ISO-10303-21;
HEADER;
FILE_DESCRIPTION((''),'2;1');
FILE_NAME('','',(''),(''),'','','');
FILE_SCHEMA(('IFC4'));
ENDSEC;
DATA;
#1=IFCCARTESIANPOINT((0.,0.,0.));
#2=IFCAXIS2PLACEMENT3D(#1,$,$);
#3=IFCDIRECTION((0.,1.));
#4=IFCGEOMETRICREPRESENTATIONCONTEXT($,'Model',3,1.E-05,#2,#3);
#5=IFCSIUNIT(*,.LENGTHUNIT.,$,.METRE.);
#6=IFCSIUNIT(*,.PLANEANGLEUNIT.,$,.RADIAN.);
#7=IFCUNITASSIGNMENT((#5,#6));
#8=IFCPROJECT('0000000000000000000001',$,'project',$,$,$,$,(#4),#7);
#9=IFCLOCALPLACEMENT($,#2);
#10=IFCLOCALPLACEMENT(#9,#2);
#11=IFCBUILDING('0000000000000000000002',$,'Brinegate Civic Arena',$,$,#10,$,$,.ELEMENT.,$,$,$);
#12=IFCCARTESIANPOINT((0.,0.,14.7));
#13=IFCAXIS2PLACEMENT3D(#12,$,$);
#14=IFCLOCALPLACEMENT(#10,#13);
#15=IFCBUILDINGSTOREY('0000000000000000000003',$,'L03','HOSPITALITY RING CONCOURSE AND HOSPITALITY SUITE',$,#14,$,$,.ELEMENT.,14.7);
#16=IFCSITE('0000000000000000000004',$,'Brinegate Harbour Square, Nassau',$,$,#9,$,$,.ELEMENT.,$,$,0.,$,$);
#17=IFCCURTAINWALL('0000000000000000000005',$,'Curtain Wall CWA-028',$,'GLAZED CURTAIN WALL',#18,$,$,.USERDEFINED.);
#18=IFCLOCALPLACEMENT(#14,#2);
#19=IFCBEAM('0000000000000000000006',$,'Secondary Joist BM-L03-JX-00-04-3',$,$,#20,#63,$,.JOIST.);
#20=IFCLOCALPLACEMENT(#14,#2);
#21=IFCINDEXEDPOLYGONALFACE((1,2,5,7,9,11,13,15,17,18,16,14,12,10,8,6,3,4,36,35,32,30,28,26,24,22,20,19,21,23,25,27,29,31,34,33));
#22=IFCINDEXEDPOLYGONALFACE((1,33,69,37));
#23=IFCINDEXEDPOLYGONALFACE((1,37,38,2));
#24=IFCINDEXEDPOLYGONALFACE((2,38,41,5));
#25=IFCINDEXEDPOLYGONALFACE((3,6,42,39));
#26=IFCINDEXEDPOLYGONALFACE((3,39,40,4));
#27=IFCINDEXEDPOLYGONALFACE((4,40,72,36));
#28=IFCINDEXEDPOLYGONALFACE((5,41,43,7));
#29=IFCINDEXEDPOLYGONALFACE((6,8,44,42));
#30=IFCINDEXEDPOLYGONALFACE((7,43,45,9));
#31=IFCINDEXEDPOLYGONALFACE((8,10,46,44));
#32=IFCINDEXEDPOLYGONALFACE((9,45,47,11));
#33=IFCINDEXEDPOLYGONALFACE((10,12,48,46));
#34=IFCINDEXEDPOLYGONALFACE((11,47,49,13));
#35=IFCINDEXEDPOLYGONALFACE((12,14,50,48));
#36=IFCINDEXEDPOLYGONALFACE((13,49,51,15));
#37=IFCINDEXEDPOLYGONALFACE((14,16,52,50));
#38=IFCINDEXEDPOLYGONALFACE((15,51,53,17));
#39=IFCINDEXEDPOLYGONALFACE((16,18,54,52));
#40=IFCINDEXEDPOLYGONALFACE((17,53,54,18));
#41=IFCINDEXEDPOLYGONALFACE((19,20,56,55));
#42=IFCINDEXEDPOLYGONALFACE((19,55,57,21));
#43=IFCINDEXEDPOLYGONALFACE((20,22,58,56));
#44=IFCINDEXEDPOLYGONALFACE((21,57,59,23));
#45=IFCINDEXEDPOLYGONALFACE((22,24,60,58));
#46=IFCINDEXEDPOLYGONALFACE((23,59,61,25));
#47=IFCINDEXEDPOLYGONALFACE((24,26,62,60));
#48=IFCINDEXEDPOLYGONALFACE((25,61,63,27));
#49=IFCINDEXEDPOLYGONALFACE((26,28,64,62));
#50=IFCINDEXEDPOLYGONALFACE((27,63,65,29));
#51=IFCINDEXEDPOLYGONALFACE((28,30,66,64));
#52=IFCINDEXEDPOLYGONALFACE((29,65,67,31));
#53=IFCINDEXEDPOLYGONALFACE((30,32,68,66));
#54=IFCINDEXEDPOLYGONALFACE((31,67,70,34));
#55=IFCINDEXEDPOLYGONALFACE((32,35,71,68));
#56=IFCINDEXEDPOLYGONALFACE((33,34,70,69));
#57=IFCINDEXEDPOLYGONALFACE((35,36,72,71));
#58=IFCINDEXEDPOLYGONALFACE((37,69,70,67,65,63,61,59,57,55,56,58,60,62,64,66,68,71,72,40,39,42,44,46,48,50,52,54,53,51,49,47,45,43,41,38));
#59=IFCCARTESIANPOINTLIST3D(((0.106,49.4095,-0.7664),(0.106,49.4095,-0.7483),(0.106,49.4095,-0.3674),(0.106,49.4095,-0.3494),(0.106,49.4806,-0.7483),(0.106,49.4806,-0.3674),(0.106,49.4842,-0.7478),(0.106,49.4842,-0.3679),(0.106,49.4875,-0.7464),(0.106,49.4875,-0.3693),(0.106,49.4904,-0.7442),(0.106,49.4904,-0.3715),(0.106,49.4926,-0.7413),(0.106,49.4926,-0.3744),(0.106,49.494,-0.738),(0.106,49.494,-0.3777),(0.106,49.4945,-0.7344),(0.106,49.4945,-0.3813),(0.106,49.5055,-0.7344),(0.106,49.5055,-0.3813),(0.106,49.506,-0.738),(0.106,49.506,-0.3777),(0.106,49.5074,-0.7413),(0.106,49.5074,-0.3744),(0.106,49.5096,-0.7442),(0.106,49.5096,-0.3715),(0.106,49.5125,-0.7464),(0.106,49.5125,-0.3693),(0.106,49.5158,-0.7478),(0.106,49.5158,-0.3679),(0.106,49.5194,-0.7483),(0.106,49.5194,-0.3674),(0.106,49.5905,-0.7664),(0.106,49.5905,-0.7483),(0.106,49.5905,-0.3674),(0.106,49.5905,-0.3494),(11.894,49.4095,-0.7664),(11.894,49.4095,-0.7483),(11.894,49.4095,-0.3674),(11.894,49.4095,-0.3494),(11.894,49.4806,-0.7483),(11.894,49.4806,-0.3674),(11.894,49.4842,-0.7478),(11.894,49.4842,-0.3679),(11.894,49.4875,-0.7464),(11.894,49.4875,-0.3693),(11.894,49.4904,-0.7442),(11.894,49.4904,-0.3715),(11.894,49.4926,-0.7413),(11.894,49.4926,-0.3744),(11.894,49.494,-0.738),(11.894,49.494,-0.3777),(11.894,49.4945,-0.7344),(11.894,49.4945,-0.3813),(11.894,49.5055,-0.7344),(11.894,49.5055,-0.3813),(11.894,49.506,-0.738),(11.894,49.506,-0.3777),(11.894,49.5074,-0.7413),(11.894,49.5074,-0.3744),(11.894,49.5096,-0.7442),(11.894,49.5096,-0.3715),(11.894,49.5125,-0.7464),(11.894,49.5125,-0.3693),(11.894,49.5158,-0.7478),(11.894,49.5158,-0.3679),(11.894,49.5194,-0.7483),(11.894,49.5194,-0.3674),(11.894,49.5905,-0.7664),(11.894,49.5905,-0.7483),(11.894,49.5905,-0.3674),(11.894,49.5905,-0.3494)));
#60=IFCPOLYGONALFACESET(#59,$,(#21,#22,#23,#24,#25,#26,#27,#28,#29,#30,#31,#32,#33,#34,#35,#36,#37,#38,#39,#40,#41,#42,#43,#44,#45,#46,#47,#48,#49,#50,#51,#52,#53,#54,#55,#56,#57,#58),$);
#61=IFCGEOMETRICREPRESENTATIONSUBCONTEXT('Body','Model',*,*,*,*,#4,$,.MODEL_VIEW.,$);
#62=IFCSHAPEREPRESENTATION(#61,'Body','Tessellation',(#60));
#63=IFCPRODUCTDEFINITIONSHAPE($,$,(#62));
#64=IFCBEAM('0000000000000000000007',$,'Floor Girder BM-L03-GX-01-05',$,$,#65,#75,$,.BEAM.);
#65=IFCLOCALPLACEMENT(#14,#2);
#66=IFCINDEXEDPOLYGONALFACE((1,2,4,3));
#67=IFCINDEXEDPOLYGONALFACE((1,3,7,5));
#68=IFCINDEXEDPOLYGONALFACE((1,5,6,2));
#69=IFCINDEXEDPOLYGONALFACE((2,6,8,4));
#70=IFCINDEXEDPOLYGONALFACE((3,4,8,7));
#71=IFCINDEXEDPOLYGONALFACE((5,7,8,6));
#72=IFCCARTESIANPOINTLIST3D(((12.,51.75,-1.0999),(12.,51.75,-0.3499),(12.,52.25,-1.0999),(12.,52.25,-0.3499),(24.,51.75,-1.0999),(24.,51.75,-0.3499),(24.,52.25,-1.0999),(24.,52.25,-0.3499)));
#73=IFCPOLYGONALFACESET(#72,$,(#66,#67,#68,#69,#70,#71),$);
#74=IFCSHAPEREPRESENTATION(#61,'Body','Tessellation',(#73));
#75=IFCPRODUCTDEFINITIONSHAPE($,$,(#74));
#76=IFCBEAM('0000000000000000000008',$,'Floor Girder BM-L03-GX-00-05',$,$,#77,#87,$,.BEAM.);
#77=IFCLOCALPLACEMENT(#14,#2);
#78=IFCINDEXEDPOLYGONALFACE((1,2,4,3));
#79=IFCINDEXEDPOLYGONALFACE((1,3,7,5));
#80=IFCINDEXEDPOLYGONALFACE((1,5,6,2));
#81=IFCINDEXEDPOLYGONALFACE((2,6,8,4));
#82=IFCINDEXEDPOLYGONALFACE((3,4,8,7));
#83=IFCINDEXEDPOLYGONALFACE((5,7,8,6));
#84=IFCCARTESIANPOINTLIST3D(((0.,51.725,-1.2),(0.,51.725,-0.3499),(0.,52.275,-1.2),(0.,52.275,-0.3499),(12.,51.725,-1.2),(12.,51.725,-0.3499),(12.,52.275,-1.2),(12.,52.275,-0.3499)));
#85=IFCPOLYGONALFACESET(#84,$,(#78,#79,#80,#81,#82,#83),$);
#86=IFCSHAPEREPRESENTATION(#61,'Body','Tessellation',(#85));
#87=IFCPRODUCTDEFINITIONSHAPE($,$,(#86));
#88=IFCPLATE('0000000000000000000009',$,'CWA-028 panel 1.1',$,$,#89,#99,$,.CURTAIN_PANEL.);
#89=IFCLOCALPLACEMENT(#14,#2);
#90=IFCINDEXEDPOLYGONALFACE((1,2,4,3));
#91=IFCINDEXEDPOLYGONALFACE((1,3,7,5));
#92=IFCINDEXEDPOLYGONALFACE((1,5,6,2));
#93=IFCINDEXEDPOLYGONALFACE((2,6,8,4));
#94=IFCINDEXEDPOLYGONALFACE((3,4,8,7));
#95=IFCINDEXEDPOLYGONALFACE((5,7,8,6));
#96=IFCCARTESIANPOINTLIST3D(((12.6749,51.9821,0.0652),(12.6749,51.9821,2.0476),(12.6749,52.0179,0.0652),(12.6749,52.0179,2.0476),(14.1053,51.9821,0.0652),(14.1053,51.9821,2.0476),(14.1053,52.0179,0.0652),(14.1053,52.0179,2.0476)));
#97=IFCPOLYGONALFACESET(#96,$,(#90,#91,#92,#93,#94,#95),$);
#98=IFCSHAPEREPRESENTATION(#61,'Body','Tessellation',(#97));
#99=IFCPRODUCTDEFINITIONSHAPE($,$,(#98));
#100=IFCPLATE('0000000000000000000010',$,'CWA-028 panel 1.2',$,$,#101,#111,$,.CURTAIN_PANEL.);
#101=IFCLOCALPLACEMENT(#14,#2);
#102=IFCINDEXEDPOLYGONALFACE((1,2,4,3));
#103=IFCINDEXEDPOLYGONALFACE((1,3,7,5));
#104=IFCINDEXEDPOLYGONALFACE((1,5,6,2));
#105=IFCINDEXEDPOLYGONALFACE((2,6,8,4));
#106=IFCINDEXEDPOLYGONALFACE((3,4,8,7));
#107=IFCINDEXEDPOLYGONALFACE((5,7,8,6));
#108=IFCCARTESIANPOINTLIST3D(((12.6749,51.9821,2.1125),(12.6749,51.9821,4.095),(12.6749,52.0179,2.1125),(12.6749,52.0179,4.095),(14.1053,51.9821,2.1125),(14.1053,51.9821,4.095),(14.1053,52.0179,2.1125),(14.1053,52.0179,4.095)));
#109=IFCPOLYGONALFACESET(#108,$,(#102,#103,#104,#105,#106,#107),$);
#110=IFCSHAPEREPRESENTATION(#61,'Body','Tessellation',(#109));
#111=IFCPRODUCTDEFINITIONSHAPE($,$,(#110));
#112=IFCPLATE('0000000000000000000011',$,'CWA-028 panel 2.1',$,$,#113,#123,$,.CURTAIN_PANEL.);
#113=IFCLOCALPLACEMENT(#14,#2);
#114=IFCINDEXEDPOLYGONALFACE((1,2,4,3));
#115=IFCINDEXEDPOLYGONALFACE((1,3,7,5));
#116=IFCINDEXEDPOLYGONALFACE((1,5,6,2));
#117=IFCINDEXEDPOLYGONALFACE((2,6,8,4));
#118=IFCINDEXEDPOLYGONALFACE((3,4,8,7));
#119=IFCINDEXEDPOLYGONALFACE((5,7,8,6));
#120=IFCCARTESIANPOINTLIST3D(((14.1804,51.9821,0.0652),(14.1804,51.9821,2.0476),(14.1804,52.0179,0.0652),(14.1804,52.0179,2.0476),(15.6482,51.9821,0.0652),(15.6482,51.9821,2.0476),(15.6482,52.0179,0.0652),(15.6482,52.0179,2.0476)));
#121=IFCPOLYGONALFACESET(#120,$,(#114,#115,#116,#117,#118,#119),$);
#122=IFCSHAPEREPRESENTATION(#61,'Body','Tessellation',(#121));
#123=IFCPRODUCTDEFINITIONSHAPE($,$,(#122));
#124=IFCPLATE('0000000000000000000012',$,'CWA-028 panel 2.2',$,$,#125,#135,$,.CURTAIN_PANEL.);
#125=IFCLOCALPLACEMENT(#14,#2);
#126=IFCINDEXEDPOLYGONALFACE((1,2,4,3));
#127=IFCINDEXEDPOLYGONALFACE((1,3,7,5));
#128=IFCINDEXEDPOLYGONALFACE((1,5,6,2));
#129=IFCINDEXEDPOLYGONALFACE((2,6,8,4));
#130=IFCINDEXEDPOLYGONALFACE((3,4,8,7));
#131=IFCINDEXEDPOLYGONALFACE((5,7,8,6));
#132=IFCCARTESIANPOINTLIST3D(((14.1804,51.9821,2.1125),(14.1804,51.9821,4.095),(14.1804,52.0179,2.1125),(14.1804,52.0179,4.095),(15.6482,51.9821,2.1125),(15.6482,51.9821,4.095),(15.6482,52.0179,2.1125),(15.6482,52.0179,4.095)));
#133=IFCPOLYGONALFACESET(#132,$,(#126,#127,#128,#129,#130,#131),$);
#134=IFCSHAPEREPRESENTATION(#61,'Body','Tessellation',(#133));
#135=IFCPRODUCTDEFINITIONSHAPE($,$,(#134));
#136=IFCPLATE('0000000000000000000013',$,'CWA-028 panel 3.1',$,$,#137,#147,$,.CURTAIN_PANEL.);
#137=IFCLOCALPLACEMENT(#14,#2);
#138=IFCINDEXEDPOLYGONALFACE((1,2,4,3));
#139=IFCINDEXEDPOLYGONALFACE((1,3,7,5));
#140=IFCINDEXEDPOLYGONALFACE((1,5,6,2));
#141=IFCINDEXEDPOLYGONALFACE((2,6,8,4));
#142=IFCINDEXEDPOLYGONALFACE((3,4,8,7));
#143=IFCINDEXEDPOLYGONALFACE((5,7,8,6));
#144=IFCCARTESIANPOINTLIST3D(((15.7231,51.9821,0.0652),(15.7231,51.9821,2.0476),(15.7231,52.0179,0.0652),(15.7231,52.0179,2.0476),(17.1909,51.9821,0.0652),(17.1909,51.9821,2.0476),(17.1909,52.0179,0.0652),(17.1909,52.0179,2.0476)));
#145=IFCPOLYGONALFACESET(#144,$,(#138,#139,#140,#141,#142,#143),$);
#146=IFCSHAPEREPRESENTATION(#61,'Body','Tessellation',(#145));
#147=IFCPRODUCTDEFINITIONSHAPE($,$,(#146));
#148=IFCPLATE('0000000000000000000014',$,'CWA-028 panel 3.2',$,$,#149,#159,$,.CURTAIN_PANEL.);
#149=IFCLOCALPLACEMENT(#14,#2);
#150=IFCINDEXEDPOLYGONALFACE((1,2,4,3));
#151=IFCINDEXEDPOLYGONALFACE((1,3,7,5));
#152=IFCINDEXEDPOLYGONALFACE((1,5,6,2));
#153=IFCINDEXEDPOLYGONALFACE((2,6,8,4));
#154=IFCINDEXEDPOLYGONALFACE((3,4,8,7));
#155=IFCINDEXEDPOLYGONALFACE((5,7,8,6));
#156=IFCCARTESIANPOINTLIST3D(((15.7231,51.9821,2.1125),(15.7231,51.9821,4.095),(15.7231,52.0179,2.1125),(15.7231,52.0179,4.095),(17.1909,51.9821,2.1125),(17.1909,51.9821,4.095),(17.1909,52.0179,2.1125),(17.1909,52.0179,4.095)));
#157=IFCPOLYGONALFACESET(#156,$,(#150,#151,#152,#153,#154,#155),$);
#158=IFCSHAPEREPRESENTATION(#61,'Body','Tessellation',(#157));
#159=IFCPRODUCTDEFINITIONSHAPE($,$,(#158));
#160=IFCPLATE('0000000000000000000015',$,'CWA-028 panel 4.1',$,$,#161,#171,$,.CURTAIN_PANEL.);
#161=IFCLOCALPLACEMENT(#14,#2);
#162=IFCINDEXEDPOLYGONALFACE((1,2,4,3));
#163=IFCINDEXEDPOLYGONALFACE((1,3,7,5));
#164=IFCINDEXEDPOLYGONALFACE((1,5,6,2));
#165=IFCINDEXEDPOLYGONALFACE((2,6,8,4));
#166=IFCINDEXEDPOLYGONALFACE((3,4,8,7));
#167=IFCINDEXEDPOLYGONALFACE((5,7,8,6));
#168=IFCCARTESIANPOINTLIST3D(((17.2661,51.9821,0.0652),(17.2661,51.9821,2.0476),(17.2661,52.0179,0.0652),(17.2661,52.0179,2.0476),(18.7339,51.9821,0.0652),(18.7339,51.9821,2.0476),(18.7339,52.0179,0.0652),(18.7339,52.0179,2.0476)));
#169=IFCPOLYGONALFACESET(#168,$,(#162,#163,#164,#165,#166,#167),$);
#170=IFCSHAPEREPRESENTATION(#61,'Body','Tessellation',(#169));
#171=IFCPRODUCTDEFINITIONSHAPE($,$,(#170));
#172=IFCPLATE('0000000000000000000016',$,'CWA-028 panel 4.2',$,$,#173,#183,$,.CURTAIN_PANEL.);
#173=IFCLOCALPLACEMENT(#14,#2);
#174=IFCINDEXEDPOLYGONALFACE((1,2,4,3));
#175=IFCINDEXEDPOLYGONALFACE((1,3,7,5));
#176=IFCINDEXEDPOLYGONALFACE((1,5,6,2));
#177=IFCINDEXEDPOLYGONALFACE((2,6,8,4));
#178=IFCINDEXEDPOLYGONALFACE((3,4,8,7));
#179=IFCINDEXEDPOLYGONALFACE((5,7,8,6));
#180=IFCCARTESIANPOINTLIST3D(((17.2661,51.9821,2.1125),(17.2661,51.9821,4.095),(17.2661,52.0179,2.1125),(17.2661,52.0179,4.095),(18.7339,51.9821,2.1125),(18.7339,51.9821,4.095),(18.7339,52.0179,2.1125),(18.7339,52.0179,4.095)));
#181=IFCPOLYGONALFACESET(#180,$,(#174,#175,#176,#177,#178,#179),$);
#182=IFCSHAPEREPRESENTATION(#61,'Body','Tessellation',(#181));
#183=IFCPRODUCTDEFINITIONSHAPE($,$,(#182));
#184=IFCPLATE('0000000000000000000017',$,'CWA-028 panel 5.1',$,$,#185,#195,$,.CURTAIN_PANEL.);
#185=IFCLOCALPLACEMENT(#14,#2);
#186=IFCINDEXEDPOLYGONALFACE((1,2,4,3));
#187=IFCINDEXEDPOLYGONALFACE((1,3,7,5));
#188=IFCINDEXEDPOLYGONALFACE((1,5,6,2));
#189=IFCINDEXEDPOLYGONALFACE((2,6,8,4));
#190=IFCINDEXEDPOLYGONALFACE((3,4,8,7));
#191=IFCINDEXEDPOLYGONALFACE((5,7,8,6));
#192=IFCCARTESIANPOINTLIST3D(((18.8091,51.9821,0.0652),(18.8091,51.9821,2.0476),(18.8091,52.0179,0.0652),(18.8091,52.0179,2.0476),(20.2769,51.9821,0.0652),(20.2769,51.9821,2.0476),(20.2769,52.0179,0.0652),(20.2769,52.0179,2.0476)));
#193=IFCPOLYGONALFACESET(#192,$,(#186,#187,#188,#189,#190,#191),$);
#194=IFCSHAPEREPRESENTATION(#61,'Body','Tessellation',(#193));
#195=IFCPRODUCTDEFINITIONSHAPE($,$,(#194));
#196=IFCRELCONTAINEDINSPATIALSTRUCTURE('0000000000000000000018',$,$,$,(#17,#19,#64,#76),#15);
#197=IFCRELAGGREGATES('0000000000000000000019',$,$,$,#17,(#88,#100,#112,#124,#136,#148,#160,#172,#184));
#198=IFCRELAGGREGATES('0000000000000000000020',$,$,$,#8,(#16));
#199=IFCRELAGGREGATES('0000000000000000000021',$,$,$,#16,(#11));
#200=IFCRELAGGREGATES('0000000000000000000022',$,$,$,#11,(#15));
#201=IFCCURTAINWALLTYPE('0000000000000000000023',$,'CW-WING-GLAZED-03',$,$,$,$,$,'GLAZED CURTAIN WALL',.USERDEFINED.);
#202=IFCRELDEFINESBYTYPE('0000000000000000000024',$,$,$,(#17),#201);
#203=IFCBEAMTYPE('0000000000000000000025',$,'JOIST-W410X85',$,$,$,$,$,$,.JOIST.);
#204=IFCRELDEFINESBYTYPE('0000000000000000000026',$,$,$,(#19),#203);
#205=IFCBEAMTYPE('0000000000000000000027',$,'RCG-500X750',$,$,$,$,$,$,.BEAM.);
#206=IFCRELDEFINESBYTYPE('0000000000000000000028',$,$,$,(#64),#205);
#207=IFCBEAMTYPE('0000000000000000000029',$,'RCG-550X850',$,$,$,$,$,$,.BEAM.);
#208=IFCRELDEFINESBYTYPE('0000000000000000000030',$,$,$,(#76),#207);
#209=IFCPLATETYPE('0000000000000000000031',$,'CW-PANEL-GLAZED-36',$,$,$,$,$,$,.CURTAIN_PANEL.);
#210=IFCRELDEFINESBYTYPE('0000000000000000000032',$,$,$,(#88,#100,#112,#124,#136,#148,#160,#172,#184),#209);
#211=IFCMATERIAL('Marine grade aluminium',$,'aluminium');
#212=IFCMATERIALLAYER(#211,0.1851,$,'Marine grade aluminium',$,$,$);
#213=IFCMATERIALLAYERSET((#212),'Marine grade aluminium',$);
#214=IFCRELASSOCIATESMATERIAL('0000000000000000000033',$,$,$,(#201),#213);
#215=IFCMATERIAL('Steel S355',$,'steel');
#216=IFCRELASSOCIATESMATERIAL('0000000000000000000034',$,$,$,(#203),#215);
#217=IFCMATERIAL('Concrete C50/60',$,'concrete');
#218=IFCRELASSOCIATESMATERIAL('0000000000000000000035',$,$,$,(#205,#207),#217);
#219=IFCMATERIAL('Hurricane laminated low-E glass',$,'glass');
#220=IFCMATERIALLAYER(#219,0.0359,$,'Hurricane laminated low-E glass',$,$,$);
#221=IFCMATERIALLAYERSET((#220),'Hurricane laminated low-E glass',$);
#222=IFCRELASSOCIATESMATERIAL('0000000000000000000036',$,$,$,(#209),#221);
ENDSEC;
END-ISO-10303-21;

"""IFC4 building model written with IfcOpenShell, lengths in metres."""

from ifc_helpers import new_model, si_unit, direction, frame, origin, origin_2d, place, context, subcontext, project, spatial, rectangle, i_section, extrude, material, layer, layer_set, material_profile, profile_set, type_object, element, aggregate, save


model = new_model("IFC4")

# Units and contexts
model_context = context("Model", 3, precision=1e-05, world=origin(), true_north=direction((0.0, 1.0)))
body_context = subcontext(model_context, "Body", "Model", "MODEL_VIEW")
ifc_project = project(units=[si_unit("LENGTHUNIT", "METRE"), si_unit("PLANEANGLEUNIT", "RADIAN")], contexts=[model_context])

# Site, building, storey
site_placement = place(None, origin())
site = spatial("IfcSite", under=ifc_project, at=site_placement, Name="Brinegate Harbour Square, Nassau", CompositionType="ELEMENT", RefElevation=0.0)
building_placement = place(site_placement, origin())
building = spatial("IfcBuilding", under=site, at=building_placement, Name="Brinegate Civic Arena", CompositionType="ELEMENT")
storey_placement = place(building_placement, frame((0.0, 0.0, 14.7)))
storey = spatial("IfcBuildingStorey", under=building, at=storey_placement, Name="L03", Description="HOSPITALITY RING CONCOURSE AND HOSPITALITY SUITE", CompositionType="ELEMENT", Elevation=14.7)

# Curtain wall
ifc_material_1 = material(Name="Marine grade aluminium", Category="aluminium")
ifc_layer_1 = layer(ifc_material_1, 0.1851, Name="Marine grade aluminium")
ifc_layer_set_1 = layer_set([ifc_layer_1], Name="Marine grade aluminium")
curtain_wall_type = type_object("IfcCurtainWallType", Name="CW-WING-GLAZED-03", ElementType="GLAZED CURTAIN WALL", PredefinedType="USERDEFINED", material=ifc_layer_set_1)
curtain_wall_placement = place(storey_placement, origin())
curtain_wall = element("IfcCurtainWall", 1, at=curtain_wall_placement, inside=storey, type_object=curtain_wall_type, Name="Curtain Wall CWA-028", ObjectType="GLAZED CURTAIN WALL", PredefinedType="USERDEFINED")

# Beams
ifc_material_2 = material(Name="Steel S355", Category="steel")
ifc_material_profile_1 = material_profile(ifc_material_2, i_section(OverallWidth=0.1809, OverallDepth=0.417, WebThickness=0.011, FlangeThickness=0.0181, FilletRadius=0.0139, at=origin_2d()), Name="W410X85")
ifc_profile_set_1 = profile_set([ifc_material_profile_1], Name="Steel S355")
beam_type_1 = type_object("IfcBeamType", Name="JOIST-W410X85", PredefinedType="JOIST", material=ifc_profile_set_1)
beam_1_placement = place(storey_placement, frame((0.106, 49.5, -0.5579), z_axis=(1.0, 0.0, 0.0), x_axis=(0.0, 1.0, 0.0)))
element("IfcBeam", 2, at=beam_1_placement, inside=storey, type_object=beam_type_1, Name="Secondary Joist BM-L03-JX-00-04-3", PredefinedType="JOIST", context=body_context, shape_type="SweptSolid", body=[
    extrude(i_section(OverallWidth=0.1809, OverallDepth=0.417, WebThickness=0.011, FlangeThickness=0.0181, FilletRadius=0.0139, at=origin_2d()), origin(), (0.0, 0.0, 1.0), 11.7881),
])
ifc_material_3 = material(Name="Concrete C50/60", Category="concrete")
ifc_material_profile_2 = material_profile(ifc_material_3, rectangle(XDim=0.5, YDim=0.75, at=origin_2d()), Name="RCB500X750")
ifc_profile_set_2 = profile_set([ifc_material_profile_2], Name="Concrete C50/60")
beam_type_2 = type_object("IfcBeamType", Name="RCG-500X750", PredefinedType="BEAM", material=ifc_profile_set_2)
beam_2_placement = place(storey_placement, frame((12.0, 52.0, -0.7249), z_axis=(1.0, 0.0, 0.0), x_axis=(0.0, 1.0, 0.0)))
element("IfcBeam", 3, at=beam_2_placement, inside=storey, type_object=beam_type_2, Name="Floor Girder BM-L03-GX-01-05", PredefinedType="BEAM", context=body_context, shape_type="SweptSolid", body=[
    extrude(rectangle(XDim=0.5, YDim=0.75, at=origin_2d()), origin(), (0.0, 0.0, 1.0), 12.0),
])
ifc_material_profile_3 = material_profile(ifc_material_3, rectangle(XDim=0.55, YDim=0.8501, at=origin_2d()), Name="RCB550X850")
ifc_profile_set_3 = profile_set([ifc_material_profile_3], Name="Concrete C50/60")
beam_type_3 = type_object("IfcBeamType", Name="RCG-550X850", PredefinedType="BEAM", material=ifc_profile_set_3)
beam_3_placement = place(storey_placement, frame((0.0, 52.0, -0.7749), z_axis=(1.0, 0.0, 0.0), x_axis=(0.0, 1.0, 0.0)))
element("IfcBeam", 4, at=beam_3_placement, inside=storey, type_object=beam_type_3, Name="Floor Girder BM-L03-GX-00-05", PredefinedType="BEAM", context=body_context, shape_type="SweptSolid", body=[
    extrude(rectangle(XDim=0.55, YDim=0.8501, at=origin_2d()), origin(), (0.0, 0.0, 1.0), 12.0),
])

# Plates
ifc_material_4 = material(Name="Hurricane laminated low-E glass", Category="glass")
ifc_layer_2 = layer(ifc_material_4, 0.0359, Name="Hurricane laminated low-E glass")
ifc_layer_set_2 = layer_set([ifc_layer_2], Name="Hurricane laminated low-E glass")
plate_type = type_object("IfcPlateType", Name="CW-PANEL-GLAZED-36", PredefinedType="CURTAIN_PANEL", material=ifc_layer_set_2)
plate_1_placement = place(storey_placement, frame((13.3901, 52.0, 0.0652), z_axis=(0.0, 0.0, 1.0), x_axis=(1.0, 0.0, 0.0)))
plate_1 = element("IfcPlate", 5, at=plate_1_placement, type_object=plate_type, Name="CWA-028 panel 1.1", PredefinedType="CURTAIN_PANEL", context=body_context, shape_type="SweptSolid", body=[
    extrude(rectangle(XDim=1.4304, YDim=0.0359, at=origin_2d()), origin(), (0.0, 0.0, 1.0), 1.9824),
])
plate_2_placement = place(storey_placement, frame((13.3901, 52.0, 2.1125), z_axis=(0.0, 0.0, 1.0), x_axis=(1.0, 0.0, 0.0)))
plate_2 = element("IfcPlate", 6, at=plate_2_placement, type_object=plate_type, Name="CWA-028 panel 1.2", PredefinedType="CURTAIN_PANEL", context=body_context, shape_type="SweptSolid", body=[
    extrude(rectangle(XDim=1.4304, YDim=0.0359, at=origin_2d()), origin(), (0.0, 0.0, 1.0), 1.9824),
])
plate_3_placement = place(storey_placement, frame((14.9143, 52.0, 0.0652), z_axis=(0.0, 0.0, 1.0), x_axis=(1.0, 0.0, 0.0)))
plate_3 = element("IfcPlate", 7, at=plate_3_placement, type_object=plate_type, Name="CWA-028 panel 2.1", PredefinedType="CURTAIN_PANEL", context=body_context, shape_type="SweptSolid", body=[
    extrude(rectangle(XDim=1.4678, YDim=0.0359, at=origin_2d()), origin(), (0.0, 0.0, 1.0), 1.9824),
])
plate_4_placement = place(storey_placement, frame((14.9143, 52.0, 2.1125), z_axis=(0.0, 0.0, 1.0), x_axis=(1.0, 0.0, 0.0)))
plate_4 = element("IfcPlate", 8, at=plate_4_placement, type_object=plate_type, Name="CWA-028 panel 2.2", PredefinedType="CURTAIN_PANEL", context=body_context, shape_type="SweptSolid", body=[
    extrude(rectangle(XDim=1.4678, YDim=0.0359, at=origin_2d()), origin(), (0.0, 0.0, 1.0), 1.9824),
])
plate_5_placement = place(storey_placement, frame((16.457, 52.0, 0.0652), z_axis=(0.0, 0.0, 1.0), x_axis=(1.0, 0.0, 0.0)))
plate_5 = element("IfcPlate", 9, at=plate_5_placement, type_object=plate_type, Name="CWA-028 panel 3.1", PredefinedType="CURTAIN_PANEL", context=body_context, shape_type="SweptSolid", body=[
    extrude(rectangle(XDim=1.4678, YDim=0.0359, at=origin_2d()), origin(), (0.0, 0.0, 1.0), 1.9824),
])
plate_6_placement = place(storey_placement, frame((16.457, 52.0, 2.1125), z_axis=(0.0, 0.0, 1.0), x_axis=(1.0, 0.0, 0.0)))
plate_6 = element("IfcPlate", 10, at=plate_6_placement, type_object=plate_type, Name="CWA-028 panel 3.2", PredefinedType="CURTAIN_PANEL", context=body_context, shape_type="SweptSolid", body=[
    extrude(rectangle(XDim=1.4678, YDim=0.0359, at=origin_2d()), origin(), (0.0, 0.0, 1.0), 1.9824),
])
plate_7_placement = place(storey_placement, frame((18.0, 52.0, 0.0652), z_axis=(0.0, 0.0, 1.0), x_axis=(1.0, 0.0, 0.0)))
plate_7 = element("IfcPlate", 11, at=plate_7_placement, type_object=plate_type, Name="CWA-028 panel 4.1", PredefinedType="CURTAIN_PANEL", context=body_context, shape_type="SweptSolid", body=[
    extrude(rectangle(XDim=1.4678, YDim=0.0359, at=origin_2d()), origin(), (0.0, 0.0, 1.0), 1.9824),
])
plate_8_placement = place(storey_placement, frame((18.0, 52.0, 2.1125), z_axis=(0.0, 0.0, 1.0), x_axis=(1.0, 0.0, 0.0)))
plate_8 = element("IfcPlate", 12, at=plate_8_placement, type_object=plate_type, Name="CWA-028 panel 4.2", PredefinedType="CURTAIN_PANEL", context=body_context, shape_type="SweptSolid", body=[
    extrude(rectangle(XDim=1.4678, YDim=0.0359, at=origin_2d()), origin(), (0.0, 0.0, 1.0), 1.9824),
])
plate_9_placement = place(storey_placement, frame((19.543, 52.0, 0.0652), z_axis=(0.0, 0.0, 1.0), x_axis=(1.0, 0.0, 0.0)))
plate_9 = element("IfcPlate", 13, at=plate_9_placement, type_object=plate_type, Name="CWA-028 panel 5.1", PredefinedType="CURTAIN_PANEL", context=body_context, shape_type="SweptSolid", body=[
    extrude(rectangle(XDim=1.4678, YDim=0.0359, at=origin_2d()), origin(), (0.0, 0.0, 1.0), 1.9824),
])
aggregate(curtain_wall, [plate_1, plate_2, plate_3, plate_4, plate_5, plate_6, plate_7, plate_8, plate_9])

save(model, "model.ifc")
